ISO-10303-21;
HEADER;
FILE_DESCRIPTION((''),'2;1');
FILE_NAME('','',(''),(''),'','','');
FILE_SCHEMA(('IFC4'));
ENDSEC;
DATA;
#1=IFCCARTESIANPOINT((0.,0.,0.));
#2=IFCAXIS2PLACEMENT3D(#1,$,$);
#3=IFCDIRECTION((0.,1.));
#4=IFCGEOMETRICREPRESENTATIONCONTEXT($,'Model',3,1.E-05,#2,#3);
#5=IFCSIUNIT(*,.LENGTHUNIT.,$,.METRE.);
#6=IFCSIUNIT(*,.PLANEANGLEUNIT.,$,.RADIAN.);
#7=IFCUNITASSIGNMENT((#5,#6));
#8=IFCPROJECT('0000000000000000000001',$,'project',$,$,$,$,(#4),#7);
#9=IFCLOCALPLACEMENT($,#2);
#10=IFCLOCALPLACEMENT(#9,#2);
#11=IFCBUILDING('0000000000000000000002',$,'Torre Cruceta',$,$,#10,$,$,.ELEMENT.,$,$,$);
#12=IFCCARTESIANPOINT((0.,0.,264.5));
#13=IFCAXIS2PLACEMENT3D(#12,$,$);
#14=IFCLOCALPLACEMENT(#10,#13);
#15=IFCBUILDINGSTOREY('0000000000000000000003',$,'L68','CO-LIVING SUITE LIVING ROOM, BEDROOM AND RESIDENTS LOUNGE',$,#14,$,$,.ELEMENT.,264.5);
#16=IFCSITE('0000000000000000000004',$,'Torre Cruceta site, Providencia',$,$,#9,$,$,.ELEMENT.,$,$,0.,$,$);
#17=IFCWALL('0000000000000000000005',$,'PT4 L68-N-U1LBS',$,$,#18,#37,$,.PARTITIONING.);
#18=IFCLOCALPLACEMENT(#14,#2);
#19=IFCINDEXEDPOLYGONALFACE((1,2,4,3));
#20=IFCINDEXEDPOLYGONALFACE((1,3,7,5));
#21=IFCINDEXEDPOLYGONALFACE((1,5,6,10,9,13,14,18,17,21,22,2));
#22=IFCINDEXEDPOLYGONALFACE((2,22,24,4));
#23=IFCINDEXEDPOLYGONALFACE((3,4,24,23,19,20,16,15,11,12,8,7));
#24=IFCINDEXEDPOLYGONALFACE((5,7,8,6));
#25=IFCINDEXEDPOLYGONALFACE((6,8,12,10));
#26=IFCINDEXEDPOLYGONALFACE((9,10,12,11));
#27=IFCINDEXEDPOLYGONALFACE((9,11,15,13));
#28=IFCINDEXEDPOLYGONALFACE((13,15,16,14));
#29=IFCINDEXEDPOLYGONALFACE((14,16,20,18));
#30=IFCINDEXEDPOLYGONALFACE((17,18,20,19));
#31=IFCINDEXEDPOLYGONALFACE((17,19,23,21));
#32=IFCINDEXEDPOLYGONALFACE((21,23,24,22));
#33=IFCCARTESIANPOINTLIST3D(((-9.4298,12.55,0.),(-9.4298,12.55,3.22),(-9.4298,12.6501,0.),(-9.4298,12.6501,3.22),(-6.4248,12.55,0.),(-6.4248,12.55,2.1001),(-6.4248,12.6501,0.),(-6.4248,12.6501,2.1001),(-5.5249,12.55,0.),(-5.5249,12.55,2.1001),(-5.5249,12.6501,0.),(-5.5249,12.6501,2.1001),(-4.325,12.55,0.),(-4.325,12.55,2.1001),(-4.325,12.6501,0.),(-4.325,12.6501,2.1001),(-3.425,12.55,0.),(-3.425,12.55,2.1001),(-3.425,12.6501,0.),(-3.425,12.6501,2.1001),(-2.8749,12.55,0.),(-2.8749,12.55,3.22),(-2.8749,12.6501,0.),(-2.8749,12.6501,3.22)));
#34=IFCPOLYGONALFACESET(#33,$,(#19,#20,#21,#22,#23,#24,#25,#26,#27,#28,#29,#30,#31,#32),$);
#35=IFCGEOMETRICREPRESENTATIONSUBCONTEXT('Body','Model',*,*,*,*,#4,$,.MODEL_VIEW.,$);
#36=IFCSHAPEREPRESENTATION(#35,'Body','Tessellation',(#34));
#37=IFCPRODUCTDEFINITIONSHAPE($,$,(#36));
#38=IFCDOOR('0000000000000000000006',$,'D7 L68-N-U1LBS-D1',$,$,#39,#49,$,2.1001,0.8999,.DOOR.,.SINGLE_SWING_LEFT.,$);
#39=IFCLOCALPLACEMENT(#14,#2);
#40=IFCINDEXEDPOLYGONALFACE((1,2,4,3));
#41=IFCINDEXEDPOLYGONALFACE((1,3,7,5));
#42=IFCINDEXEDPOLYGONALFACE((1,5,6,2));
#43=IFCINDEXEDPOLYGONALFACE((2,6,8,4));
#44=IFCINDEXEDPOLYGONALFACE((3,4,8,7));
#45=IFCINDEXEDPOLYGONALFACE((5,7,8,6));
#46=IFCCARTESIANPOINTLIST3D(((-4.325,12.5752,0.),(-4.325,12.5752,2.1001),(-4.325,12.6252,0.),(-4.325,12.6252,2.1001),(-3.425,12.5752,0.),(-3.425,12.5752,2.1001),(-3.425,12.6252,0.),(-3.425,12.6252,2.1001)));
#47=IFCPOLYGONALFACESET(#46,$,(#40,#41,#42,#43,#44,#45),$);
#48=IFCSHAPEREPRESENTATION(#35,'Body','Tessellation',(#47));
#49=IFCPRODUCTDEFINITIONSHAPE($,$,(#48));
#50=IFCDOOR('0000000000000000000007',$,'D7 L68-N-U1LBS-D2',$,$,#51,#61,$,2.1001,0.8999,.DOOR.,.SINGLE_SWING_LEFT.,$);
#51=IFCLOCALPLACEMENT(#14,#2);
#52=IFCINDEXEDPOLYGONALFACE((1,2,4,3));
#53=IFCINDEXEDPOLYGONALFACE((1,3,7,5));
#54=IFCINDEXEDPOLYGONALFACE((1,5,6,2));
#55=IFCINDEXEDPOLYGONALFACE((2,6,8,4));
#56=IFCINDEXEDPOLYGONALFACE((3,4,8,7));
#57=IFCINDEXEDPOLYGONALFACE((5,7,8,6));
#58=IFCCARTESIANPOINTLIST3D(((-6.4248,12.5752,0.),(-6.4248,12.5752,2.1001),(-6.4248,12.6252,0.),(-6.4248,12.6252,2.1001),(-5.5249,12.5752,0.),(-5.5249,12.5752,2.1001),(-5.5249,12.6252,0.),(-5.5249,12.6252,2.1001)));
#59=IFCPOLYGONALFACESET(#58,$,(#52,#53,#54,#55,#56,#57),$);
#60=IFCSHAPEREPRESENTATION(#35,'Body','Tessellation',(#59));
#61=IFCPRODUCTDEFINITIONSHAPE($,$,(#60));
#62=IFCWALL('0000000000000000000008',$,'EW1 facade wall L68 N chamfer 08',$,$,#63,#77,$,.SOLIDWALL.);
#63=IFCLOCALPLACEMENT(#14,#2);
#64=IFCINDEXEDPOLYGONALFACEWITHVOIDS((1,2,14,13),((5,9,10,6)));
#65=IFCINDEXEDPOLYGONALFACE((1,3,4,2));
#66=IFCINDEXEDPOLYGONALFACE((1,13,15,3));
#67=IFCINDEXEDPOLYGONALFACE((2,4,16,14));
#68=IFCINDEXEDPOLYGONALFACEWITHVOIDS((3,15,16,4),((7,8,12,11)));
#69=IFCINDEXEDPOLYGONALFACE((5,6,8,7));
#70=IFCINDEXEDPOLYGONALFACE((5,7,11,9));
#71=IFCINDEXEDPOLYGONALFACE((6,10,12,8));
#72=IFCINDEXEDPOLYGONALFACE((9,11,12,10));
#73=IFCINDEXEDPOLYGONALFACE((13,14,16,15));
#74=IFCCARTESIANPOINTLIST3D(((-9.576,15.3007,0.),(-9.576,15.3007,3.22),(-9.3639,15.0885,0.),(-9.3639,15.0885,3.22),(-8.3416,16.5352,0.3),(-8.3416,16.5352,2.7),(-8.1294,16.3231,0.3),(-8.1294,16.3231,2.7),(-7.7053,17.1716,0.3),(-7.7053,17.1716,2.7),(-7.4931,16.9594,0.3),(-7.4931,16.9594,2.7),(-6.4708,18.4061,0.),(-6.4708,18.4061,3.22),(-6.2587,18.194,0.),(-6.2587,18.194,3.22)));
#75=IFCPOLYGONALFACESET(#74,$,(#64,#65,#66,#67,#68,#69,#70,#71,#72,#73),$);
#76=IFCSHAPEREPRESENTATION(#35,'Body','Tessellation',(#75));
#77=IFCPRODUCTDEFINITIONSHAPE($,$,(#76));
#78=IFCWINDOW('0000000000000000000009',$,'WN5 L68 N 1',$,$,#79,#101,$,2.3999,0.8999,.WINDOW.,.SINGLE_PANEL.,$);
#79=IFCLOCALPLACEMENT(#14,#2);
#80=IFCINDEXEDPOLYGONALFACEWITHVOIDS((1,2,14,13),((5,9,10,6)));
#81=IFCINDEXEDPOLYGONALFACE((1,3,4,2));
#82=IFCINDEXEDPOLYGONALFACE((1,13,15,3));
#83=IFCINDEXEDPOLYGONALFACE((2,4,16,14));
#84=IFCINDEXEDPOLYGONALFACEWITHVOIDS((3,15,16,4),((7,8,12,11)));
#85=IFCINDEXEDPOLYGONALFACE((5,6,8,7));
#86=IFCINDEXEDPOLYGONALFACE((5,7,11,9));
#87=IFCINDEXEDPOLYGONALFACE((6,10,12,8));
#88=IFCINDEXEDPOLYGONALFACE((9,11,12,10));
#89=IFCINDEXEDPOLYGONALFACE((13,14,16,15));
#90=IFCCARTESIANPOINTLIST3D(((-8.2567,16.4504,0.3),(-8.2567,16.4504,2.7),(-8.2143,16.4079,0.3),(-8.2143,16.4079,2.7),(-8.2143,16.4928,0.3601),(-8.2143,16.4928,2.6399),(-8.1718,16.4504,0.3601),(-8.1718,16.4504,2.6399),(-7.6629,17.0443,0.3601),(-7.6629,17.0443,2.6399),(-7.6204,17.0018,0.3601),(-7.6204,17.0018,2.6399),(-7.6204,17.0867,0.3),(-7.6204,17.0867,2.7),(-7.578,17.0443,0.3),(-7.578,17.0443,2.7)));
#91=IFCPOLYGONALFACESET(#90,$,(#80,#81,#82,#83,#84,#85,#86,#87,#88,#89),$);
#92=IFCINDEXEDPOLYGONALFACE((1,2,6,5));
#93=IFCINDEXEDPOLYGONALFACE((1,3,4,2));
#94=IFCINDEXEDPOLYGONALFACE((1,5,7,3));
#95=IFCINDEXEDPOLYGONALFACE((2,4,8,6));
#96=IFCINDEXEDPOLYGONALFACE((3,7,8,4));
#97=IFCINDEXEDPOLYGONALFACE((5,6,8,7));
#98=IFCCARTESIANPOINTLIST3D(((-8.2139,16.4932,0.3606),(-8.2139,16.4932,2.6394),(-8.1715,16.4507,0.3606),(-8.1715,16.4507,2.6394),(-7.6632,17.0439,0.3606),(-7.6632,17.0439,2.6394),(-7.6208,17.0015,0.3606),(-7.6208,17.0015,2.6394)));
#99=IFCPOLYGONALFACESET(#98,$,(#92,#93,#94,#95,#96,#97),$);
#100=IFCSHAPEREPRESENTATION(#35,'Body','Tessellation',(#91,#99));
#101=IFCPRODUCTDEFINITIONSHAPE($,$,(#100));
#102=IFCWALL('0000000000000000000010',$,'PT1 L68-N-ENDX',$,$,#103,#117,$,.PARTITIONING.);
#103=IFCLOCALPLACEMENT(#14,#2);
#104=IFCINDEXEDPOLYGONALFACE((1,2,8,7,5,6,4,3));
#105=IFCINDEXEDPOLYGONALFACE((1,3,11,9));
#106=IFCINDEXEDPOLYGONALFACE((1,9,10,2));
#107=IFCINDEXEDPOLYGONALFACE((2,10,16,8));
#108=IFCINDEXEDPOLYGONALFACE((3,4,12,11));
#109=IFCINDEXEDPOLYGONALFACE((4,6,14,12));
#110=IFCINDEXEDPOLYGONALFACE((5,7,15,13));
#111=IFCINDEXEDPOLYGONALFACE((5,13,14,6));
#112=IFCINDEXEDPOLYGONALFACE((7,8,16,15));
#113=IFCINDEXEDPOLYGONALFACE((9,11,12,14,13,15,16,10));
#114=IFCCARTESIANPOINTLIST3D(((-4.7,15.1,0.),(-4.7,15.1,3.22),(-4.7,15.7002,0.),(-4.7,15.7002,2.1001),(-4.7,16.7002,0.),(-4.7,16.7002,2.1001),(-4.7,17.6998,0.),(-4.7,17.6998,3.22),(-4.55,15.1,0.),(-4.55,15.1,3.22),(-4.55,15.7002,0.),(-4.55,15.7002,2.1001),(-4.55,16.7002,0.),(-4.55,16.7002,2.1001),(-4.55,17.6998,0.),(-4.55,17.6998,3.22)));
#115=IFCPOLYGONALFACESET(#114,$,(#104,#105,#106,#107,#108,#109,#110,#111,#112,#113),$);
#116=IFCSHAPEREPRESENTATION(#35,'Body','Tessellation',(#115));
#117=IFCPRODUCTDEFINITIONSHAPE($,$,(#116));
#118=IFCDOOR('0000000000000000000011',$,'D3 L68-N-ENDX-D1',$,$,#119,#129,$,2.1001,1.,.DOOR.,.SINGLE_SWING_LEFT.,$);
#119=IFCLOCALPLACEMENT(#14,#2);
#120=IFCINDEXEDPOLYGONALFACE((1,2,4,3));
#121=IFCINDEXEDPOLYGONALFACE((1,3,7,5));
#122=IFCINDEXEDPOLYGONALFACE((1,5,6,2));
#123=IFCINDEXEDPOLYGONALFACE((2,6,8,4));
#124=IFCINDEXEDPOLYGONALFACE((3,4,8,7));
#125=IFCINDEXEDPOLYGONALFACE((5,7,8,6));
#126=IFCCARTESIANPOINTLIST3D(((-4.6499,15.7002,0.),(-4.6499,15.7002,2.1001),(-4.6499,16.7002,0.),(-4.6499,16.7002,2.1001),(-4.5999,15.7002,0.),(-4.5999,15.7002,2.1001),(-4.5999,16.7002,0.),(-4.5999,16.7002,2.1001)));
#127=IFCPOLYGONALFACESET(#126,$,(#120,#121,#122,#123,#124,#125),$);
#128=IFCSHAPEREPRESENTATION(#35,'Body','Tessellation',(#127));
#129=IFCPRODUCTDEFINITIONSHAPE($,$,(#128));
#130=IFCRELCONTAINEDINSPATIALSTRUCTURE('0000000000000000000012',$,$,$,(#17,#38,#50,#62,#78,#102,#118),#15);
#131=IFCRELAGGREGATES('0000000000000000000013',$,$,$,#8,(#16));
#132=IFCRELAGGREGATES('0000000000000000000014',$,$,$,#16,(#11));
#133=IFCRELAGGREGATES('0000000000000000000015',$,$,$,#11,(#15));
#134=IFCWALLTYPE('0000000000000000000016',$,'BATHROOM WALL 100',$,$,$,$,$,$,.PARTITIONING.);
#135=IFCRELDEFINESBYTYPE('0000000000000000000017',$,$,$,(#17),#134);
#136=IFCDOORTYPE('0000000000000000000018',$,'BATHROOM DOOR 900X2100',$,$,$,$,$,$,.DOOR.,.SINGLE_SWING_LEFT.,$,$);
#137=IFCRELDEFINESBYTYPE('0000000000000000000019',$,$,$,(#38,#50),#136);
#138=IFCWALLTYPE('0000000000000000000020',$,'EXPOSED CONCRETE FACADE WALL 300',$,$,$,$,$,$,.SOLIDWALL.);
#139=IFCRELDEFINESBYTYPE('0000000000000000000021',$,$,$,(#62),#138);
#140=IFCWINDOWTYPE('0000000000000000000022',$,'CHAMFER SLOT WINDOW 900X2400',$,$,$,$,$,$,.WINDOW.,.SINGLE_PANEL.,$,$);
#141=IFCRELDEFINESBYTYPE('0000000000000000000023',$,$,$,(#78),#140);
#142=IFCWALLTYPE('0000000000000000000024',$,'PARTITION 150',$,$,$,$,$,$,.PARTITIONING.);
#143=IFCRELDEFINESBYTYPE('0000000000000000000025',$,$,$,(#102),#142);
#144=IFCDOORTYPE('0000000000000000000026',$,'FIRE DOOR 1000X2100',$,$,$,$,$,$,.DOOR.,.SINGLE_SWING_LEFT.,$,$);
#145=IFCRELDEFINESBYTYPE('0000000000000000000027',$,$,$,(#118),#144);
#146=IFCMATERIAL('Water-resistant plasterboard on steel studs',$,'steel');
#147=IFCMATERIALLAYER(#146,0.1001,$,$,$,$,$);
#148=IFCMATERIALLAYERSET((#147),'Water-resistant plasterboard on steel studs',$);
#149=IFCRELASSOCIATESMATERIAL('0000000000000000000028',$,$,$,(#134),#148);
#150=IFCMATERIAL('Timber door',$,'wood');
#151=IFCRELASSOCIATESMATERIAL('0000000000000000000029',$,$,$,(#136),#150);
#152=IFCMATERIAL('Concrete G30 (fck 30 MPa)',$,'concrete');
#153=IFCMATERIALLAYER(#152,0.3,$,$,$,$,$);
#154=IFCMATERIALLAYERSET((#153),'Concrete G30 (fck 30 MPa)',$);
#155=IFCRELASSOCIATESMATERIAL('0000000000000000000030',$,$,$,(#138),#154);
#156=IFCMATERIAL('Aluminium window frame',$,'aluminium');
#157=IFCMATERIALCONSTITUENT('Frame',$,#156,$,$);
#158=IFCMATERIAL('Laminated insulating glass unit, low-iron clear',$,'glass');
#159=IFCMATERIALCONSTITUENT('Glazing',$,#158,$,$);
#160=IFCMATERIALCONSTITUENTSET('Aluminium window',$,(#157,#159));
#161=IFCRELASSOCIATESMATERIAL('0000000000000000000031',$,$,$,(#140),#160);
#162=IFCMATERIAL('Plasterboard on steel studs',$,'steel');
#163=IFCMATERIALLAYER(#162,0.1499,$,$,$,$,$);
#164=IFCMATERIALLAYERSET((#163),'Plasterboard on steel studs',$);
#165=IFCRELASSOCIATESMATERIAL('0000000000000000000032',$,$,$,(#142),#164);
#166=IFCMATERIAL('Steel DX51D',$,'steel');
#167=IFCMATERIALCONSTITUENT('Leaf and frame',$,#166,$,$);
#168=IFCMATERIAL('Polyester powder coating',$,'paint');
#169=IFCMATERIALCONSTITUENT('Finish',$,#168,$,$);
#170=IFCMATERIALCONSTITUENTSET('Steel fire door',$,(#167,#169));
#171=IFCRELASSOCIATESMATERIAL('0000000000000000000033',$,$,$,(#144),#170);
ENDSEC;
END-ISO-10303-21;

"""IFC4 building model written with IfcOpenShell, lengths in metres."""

from ifc_helpers import new_model, si_unit, direction, frame, frame_2d, origin, place, context, subcontext, project, spatial, rectangle, hollow_rectangle, extrude, material, layer, layer_set, constituent, constituent_set, type_object, element, fill, save


model = new_model("IFC4")

# Units and contexts
model_context = context("Model", 3, precision=1e-05, world=origin(), true_north=direction((0.0, 1.0)))
body_context = subcontext(model_context, "Body", "Model", "MODEL_VIEW")
ifc_project = project(units=[si_unit("LENGTHUNIT", "METRE"), si_unit("PLANEANGLEUNIT", "RADIAN")], contexts=[model_context])

# Site, building, storey
site_placement = place(None, origin())
site = spatial("IfcSite", under=ifc_project, at=site_placement, Name="Torre Cruceta site, Providencia", CompositionType="ELEMENT", RefElevation=0.0)
building_placement = place(site_placement, origin())
building = spatial("IfcBuilding", under=site, at=building_placement, Name="Torre Cruceta", CompositionType="ELEMENT")
storey_placement = place(building_placement, frame((0.0, 0.0, 264.5)))
storey = spatial("IfcBuildingStorey", under=building, at=storey_placement, Name="L68", Description="CO-LIVING SUITE LIVING ROOM, BEDROOM AND RESIDENTS LOUNGE", CompositionType="ELEMENT", Elevation=264.5)

# Shared definitions
ifc_material_1 = material(Name="Water-resistant plasterboard on steel studs", Category="steel")
ifc_layer_1 = layer(ifc_material_1, 0.1001)
ifc_layer_set_1 = layer_set([ifc_layer_1], Name="Water-resistant plasterboard on steel studs")
wall_type_1 = type_object("IfcWallType", Name="BATHROOM WALL 100", PredefinedType="PARTITIONING", material=ifc_layer_set_1)

# Wall, openings, doors
wall_1_placement = place(storey_placement, frame((-2.875, 12.6001, 0.0), z_axis=(0.0, 0.0, 1.0), x_axis=(-1.0, 0.0, 0.0)))
wall_1 = element("IfcWall", 1, at=wall_1_placement, inside=storey, type_object=wall_type_1, Name="PT4 L68-N-U1LBS", PredefinedType="PARTITIONING", context=body_context, shape_type="SweptSolid", body=[
    extrude(rectangle(XDim=6.5549, YDim=0.1001, at=frame_2d((3.2773, 0.0))), origin(), (0.0, 0.0, 1.0), 3.22),
])
opening_1_placement = place(wall_1_placement, frame((0.55, 0.0, 0.0)))
opening_1 = element("IfcOpeningElement", 2, at=opening_1_placement, cuts=wall_1, PredefinedType="OPENING", context=body_context, shape_type="SweptSolid", body=[
    extrude(rectangle(XDim=0.8999, YDim=2.1001, at=frame_2d((0.45, 1.05))), frame((0.0, 0.0601, 0.0), z_axis=(0.0, -1.0, 0.0), x_axis=(1.0, 0.0, 0.0)), (0.0, 0.0, 1.0), 0.1201),
])
opening_2_placement = place(wall_1_placement, frame((2.6499, 0.0, 0.0)))
opening_2 = element("IfcOpeningElement", 3, at=opening_2_placement, cuts=wall_1, PredefinedType="OPENING", context=body_context, shape_type="SweptSolid", body=[
    extrude(rectangle(XDim=0.8999, YDim=2.1001, at=frame_2d((0.45, 1.05))), frame((0.0, 0.0601, 0.0), z_axis=(0.0, -1.0, 0.0), x_axis=(1.0, 0.0, 0.0)), (0.0, 0.0, 1.0), 0.1201),
])
ifc_material_2 = material(Name="Timber door", Category="wood")
door_type_1 = type_object("IfcDoorType", Name="BATHROOM DOOR 900X2100", OperationType="SINGLE_SWING_LEFT", PredefinedType="DOOR", material=ifc_material_2)
door_1_placement = place(opening_1_placement, origin())
door_1 = element("IfcDoor", 4, at=door_1_placement, inside=storey, type_object=door_type_1, Name="D7 L68-N-U1LBS-D1", OperationType="SINGLE_SWING_LEFT", OverallHeight=2.1001, OverallWidth=0.8999, PredefinedType="DOOR", context=body_context, shape_type="SweptSolid", body=[
    extrude(rectangle(XDim=0.8999, YDim=2.1001, at=frame_2d((0.45, 1.05))), frame((0.0, 0.0249, 0.0), z_axis=(0.0, -1.0, 0.0), x_axis=(1.0, 0.0, 0.0)), (0.0, 0.0, 1.0), 0.05),
])
fill(opening_1, door_1)
door_2_placement = place(opening_2_placement, origin())
door_2 = element("IfcDoor", 5, at=door_2_placement, inside=storey, type_object=door_type_1, Name="D7 L68-N-U1LBS-D2", OperationType="SINGLE_SWING_LEFT", OverallHeight=2.1001, OverallWidth=0.8999, PredefinedType="DOOR", context=body_context, shape_type="SweptSolid", body=[
    extrude(rectangle(XDim=0.8999, YDim=2.1001, at=frame_2d((0.45, 1.05))), frame((0.0, 0.0249, 0.0), z_axis=(0.0, -1.0, 0.0), x_axis=(1.0, 0.0, 0.0)), (0.0, 0.0, 1.0), 0.05),
])
fill(opening_2, door_2)

# Wall, opening, window
ifc_material_3 = material(Name="Concrete G30 (fck 30 MPa)", Category="concrete")
ifc_layer_2 = layer(ifc_material_3, 0.3)
ifc_layer_set_2 = layer_set([ifc_layer_2], Name="Concrete G30 (fck 30 MPa)")
wall_type_2 = type_object("IfcWallType", Name="EXPOSED CONCRETE FACADE WALL 300", PredefinedType="SOLIDWALL", material=ifc_layer_set_2)
wall_2_placement = place(storey_placement, frame((-6.3647, 18.3, 0.0), z_axis=(0.0, 0.0, 1.0), x_axis=(-0.707079, -0.707135, 0.0)))
wall_2 = element("IfcWall", 6, at=wall_2_placement, inside=storey, type_object=wall_type_2, Name="EW1 facade wall L68 N chamfer 08", PredefinedType="SOLIDWALL", context=body_context, shape_type="SweptSolid", body=[
    extrude(rectangle(XDim=4.3916, YDim=0.3, at=frame_2d((2.1958, 0.0))), origin(), (0.0, 0.0, 1.0), 3.22),
])
opening_3_placement = place(wall_2_placement, frame((1.7458, 0.0, 0.3)))
opening_3 = element("IfcOpeningElement", 7, at=opening_3_placement, cuts=wall_2, PredefinedType="OPENING", context=body_context, shape_type="SweptSolid", body=[
    extrude(rectangle(XDim=0.8999, YDim=2.3999, at=frame_2d((0.45, 1.2))), frame((0.0, 0.1599, 0.0), z_axis=(0.0, -1.0, 0.0), x_axis=(1.0, 0.0, 0.0)), (0.0, 0.0, 1.0), 0.3201),
])
ifc_material_4 = material(Name="Aluminium window frame", Category="aluminium")
ifc_constituent_1 = constituent(ifc_material_4, Name="Frame")
ifc_material_5 = material(Name="Laminated insulating glass unit, low-iron clear", Category="glass")
ifc_constituent_2 = constituent(ifc_material_5, Name="Glazing")
ifc_constituent_set_1 = constituent_set(constituents=[ifc_constituent_1, ifc_constituent_2], Name="Aluminium window")
window_type = type_object("IfcWindowType", Name="CHAMFER SLOT WINDOW 900X2400", PartitioningType="SINGLE_PANEL", PredefinedType="WINDOW", material=ifc_constituent_set_1)
window_placement = place(opening_3_placement, origin())
window = element("IfcWindow", 8, at=window_placement, inside=storey, type_object=window_type, Name="WN5 L68 N 1", OverallHeight=2.3999, OverallWidth=0.8999, PartitioningType="SINGLE_PANEL", PredefinedType="WINDOW", context=body_context, shape_type="SweptSolid", body=[
    extrude(hollow_rectangle(XDim=0.8999, YDim=2.3999, WallThickness=0.0601, at=frame_2d((0.45, 1.2))), frame((0.0, 0.03, 0.0), z_axis=(0.0, -1.0, 0.0), x_axis=(1.0, 0.0, 0.0)), (0.0, 0.0, 1.0), 0.0601),
    extrude(rectangle(XDim=0.7788, YDim=2.2788, at=frame_2d((0.45, 1.2))), frame((0.0, 0.03, 0.0), z_axis=(0.0, -1.0, 0.0), x_axis=(1.0, 0.0, 0.0)), (0.0, 0.0, 1.0), 0.0601),
])
fill(opening_3, window)

# Wall, opening, door
ifc_material_6 = material(Name="Plasterboard on steel studs", Category="steel")
ifc_layer_3 = layer(ifc_material_6, 0.1499)
ifc_layer_set_3 = layer_set([ifc_layer_3], Name="Plasterboard on steel studs")
wall_type_3 = type_object("IfcWallType", Name="PARTITION 150", PredefinedType="PARTITIONING", material=ifc_layer_set_3)
wall_3_placement = place(storey_placement, frame((-4.625, 15.1001, 0.0), z_axis=(0.0, 0.0, 1.0), x_axis=(0.0, 1.0, 0.0)))
wall_3 = element("IfcWall", 9, at=wall_3_placement, inside=storey, type_object=wall_type_3, Name="PT1 L68-N-ENDX", PredefinedType="PARTITIONING", context=body_context, shape_type="SweptSolid", body=[
    extrude(rectangle(XDim=2.5999, YDim=0.1499, at=frame_2d((1.2998, 0.0))), origin(), (0.0, 0.0, 1.0), 3.22),
])
opening_4_placement = place(wall_3_placement, frame((0.6001, 0.0, 0.0)))
opening_4 = element("IfcOpeningElement", 10, at=opening_4_placement, cuts=wall_3, PredefinedType="OPENING", context=body_context, shape_type="SweptSolid", body=[
    extrude(rectangle(XDim=1.0, YDim=2.1001, at=frame_2d((0.5, 1.05))), frame((0.0, 0.085, 0.0), z_axis=(0.0, -1.0, 0.0), x_axis=(1.0, 0.0, 0.0)), (0.0, 0.0, 1.0), 0.1699),
])
ifc_material_7 = material(Name="Steel DX51D", Category="steel")
ifc_constituent_3 = constituent(ifc_material_7, Name="Leaf and frame")
ifc_material_8 = material(Name="Polyester powder coating", Category="paint")
ifc_constituent_4 = constituent(ifc_material_8, Name="Finish")
ifc_constituent_set_2 = constituent_set(constituents=[ifc_constituent_3, ifc_constituent_4], Name="Steel fire door")
door_type_2 = type_object("IfcDoorType", Name="FIRE DOOR 1000X2100", OperationType="SINGLE_SWING_LEFT", PredefinedType="DOOR", material=ifc_constituent_set_2)
door_3_placement = place(opening_4_placement, origin())
door_3 = element("IfcDoor", 11, at=door_3_placement, inside=storey, type_object=door_type_2, Name="D3 L68-N-ENDX-D1", OperationType="SINGLE_SWING_LEFT", OverallHeight=2.1001, OverallWidth=1.0, PredefinedType="DOOR", context=body_context, shape_type="SweptSolid", body=[
    extrude(rectangle(XDim=1.0, YDim=2.1001, at=frame_2d((0.5, 1.05))), frame((0.0, 0.0249, 0.0), z_axis=(0.0, -1.0, 0.0), x_axis=(1.0, 0.0, 0.0)), (0.0, 0.0, 1.0), 0.05),
])
fill(opening_4, door_3)

save(model, "model.ifc")
